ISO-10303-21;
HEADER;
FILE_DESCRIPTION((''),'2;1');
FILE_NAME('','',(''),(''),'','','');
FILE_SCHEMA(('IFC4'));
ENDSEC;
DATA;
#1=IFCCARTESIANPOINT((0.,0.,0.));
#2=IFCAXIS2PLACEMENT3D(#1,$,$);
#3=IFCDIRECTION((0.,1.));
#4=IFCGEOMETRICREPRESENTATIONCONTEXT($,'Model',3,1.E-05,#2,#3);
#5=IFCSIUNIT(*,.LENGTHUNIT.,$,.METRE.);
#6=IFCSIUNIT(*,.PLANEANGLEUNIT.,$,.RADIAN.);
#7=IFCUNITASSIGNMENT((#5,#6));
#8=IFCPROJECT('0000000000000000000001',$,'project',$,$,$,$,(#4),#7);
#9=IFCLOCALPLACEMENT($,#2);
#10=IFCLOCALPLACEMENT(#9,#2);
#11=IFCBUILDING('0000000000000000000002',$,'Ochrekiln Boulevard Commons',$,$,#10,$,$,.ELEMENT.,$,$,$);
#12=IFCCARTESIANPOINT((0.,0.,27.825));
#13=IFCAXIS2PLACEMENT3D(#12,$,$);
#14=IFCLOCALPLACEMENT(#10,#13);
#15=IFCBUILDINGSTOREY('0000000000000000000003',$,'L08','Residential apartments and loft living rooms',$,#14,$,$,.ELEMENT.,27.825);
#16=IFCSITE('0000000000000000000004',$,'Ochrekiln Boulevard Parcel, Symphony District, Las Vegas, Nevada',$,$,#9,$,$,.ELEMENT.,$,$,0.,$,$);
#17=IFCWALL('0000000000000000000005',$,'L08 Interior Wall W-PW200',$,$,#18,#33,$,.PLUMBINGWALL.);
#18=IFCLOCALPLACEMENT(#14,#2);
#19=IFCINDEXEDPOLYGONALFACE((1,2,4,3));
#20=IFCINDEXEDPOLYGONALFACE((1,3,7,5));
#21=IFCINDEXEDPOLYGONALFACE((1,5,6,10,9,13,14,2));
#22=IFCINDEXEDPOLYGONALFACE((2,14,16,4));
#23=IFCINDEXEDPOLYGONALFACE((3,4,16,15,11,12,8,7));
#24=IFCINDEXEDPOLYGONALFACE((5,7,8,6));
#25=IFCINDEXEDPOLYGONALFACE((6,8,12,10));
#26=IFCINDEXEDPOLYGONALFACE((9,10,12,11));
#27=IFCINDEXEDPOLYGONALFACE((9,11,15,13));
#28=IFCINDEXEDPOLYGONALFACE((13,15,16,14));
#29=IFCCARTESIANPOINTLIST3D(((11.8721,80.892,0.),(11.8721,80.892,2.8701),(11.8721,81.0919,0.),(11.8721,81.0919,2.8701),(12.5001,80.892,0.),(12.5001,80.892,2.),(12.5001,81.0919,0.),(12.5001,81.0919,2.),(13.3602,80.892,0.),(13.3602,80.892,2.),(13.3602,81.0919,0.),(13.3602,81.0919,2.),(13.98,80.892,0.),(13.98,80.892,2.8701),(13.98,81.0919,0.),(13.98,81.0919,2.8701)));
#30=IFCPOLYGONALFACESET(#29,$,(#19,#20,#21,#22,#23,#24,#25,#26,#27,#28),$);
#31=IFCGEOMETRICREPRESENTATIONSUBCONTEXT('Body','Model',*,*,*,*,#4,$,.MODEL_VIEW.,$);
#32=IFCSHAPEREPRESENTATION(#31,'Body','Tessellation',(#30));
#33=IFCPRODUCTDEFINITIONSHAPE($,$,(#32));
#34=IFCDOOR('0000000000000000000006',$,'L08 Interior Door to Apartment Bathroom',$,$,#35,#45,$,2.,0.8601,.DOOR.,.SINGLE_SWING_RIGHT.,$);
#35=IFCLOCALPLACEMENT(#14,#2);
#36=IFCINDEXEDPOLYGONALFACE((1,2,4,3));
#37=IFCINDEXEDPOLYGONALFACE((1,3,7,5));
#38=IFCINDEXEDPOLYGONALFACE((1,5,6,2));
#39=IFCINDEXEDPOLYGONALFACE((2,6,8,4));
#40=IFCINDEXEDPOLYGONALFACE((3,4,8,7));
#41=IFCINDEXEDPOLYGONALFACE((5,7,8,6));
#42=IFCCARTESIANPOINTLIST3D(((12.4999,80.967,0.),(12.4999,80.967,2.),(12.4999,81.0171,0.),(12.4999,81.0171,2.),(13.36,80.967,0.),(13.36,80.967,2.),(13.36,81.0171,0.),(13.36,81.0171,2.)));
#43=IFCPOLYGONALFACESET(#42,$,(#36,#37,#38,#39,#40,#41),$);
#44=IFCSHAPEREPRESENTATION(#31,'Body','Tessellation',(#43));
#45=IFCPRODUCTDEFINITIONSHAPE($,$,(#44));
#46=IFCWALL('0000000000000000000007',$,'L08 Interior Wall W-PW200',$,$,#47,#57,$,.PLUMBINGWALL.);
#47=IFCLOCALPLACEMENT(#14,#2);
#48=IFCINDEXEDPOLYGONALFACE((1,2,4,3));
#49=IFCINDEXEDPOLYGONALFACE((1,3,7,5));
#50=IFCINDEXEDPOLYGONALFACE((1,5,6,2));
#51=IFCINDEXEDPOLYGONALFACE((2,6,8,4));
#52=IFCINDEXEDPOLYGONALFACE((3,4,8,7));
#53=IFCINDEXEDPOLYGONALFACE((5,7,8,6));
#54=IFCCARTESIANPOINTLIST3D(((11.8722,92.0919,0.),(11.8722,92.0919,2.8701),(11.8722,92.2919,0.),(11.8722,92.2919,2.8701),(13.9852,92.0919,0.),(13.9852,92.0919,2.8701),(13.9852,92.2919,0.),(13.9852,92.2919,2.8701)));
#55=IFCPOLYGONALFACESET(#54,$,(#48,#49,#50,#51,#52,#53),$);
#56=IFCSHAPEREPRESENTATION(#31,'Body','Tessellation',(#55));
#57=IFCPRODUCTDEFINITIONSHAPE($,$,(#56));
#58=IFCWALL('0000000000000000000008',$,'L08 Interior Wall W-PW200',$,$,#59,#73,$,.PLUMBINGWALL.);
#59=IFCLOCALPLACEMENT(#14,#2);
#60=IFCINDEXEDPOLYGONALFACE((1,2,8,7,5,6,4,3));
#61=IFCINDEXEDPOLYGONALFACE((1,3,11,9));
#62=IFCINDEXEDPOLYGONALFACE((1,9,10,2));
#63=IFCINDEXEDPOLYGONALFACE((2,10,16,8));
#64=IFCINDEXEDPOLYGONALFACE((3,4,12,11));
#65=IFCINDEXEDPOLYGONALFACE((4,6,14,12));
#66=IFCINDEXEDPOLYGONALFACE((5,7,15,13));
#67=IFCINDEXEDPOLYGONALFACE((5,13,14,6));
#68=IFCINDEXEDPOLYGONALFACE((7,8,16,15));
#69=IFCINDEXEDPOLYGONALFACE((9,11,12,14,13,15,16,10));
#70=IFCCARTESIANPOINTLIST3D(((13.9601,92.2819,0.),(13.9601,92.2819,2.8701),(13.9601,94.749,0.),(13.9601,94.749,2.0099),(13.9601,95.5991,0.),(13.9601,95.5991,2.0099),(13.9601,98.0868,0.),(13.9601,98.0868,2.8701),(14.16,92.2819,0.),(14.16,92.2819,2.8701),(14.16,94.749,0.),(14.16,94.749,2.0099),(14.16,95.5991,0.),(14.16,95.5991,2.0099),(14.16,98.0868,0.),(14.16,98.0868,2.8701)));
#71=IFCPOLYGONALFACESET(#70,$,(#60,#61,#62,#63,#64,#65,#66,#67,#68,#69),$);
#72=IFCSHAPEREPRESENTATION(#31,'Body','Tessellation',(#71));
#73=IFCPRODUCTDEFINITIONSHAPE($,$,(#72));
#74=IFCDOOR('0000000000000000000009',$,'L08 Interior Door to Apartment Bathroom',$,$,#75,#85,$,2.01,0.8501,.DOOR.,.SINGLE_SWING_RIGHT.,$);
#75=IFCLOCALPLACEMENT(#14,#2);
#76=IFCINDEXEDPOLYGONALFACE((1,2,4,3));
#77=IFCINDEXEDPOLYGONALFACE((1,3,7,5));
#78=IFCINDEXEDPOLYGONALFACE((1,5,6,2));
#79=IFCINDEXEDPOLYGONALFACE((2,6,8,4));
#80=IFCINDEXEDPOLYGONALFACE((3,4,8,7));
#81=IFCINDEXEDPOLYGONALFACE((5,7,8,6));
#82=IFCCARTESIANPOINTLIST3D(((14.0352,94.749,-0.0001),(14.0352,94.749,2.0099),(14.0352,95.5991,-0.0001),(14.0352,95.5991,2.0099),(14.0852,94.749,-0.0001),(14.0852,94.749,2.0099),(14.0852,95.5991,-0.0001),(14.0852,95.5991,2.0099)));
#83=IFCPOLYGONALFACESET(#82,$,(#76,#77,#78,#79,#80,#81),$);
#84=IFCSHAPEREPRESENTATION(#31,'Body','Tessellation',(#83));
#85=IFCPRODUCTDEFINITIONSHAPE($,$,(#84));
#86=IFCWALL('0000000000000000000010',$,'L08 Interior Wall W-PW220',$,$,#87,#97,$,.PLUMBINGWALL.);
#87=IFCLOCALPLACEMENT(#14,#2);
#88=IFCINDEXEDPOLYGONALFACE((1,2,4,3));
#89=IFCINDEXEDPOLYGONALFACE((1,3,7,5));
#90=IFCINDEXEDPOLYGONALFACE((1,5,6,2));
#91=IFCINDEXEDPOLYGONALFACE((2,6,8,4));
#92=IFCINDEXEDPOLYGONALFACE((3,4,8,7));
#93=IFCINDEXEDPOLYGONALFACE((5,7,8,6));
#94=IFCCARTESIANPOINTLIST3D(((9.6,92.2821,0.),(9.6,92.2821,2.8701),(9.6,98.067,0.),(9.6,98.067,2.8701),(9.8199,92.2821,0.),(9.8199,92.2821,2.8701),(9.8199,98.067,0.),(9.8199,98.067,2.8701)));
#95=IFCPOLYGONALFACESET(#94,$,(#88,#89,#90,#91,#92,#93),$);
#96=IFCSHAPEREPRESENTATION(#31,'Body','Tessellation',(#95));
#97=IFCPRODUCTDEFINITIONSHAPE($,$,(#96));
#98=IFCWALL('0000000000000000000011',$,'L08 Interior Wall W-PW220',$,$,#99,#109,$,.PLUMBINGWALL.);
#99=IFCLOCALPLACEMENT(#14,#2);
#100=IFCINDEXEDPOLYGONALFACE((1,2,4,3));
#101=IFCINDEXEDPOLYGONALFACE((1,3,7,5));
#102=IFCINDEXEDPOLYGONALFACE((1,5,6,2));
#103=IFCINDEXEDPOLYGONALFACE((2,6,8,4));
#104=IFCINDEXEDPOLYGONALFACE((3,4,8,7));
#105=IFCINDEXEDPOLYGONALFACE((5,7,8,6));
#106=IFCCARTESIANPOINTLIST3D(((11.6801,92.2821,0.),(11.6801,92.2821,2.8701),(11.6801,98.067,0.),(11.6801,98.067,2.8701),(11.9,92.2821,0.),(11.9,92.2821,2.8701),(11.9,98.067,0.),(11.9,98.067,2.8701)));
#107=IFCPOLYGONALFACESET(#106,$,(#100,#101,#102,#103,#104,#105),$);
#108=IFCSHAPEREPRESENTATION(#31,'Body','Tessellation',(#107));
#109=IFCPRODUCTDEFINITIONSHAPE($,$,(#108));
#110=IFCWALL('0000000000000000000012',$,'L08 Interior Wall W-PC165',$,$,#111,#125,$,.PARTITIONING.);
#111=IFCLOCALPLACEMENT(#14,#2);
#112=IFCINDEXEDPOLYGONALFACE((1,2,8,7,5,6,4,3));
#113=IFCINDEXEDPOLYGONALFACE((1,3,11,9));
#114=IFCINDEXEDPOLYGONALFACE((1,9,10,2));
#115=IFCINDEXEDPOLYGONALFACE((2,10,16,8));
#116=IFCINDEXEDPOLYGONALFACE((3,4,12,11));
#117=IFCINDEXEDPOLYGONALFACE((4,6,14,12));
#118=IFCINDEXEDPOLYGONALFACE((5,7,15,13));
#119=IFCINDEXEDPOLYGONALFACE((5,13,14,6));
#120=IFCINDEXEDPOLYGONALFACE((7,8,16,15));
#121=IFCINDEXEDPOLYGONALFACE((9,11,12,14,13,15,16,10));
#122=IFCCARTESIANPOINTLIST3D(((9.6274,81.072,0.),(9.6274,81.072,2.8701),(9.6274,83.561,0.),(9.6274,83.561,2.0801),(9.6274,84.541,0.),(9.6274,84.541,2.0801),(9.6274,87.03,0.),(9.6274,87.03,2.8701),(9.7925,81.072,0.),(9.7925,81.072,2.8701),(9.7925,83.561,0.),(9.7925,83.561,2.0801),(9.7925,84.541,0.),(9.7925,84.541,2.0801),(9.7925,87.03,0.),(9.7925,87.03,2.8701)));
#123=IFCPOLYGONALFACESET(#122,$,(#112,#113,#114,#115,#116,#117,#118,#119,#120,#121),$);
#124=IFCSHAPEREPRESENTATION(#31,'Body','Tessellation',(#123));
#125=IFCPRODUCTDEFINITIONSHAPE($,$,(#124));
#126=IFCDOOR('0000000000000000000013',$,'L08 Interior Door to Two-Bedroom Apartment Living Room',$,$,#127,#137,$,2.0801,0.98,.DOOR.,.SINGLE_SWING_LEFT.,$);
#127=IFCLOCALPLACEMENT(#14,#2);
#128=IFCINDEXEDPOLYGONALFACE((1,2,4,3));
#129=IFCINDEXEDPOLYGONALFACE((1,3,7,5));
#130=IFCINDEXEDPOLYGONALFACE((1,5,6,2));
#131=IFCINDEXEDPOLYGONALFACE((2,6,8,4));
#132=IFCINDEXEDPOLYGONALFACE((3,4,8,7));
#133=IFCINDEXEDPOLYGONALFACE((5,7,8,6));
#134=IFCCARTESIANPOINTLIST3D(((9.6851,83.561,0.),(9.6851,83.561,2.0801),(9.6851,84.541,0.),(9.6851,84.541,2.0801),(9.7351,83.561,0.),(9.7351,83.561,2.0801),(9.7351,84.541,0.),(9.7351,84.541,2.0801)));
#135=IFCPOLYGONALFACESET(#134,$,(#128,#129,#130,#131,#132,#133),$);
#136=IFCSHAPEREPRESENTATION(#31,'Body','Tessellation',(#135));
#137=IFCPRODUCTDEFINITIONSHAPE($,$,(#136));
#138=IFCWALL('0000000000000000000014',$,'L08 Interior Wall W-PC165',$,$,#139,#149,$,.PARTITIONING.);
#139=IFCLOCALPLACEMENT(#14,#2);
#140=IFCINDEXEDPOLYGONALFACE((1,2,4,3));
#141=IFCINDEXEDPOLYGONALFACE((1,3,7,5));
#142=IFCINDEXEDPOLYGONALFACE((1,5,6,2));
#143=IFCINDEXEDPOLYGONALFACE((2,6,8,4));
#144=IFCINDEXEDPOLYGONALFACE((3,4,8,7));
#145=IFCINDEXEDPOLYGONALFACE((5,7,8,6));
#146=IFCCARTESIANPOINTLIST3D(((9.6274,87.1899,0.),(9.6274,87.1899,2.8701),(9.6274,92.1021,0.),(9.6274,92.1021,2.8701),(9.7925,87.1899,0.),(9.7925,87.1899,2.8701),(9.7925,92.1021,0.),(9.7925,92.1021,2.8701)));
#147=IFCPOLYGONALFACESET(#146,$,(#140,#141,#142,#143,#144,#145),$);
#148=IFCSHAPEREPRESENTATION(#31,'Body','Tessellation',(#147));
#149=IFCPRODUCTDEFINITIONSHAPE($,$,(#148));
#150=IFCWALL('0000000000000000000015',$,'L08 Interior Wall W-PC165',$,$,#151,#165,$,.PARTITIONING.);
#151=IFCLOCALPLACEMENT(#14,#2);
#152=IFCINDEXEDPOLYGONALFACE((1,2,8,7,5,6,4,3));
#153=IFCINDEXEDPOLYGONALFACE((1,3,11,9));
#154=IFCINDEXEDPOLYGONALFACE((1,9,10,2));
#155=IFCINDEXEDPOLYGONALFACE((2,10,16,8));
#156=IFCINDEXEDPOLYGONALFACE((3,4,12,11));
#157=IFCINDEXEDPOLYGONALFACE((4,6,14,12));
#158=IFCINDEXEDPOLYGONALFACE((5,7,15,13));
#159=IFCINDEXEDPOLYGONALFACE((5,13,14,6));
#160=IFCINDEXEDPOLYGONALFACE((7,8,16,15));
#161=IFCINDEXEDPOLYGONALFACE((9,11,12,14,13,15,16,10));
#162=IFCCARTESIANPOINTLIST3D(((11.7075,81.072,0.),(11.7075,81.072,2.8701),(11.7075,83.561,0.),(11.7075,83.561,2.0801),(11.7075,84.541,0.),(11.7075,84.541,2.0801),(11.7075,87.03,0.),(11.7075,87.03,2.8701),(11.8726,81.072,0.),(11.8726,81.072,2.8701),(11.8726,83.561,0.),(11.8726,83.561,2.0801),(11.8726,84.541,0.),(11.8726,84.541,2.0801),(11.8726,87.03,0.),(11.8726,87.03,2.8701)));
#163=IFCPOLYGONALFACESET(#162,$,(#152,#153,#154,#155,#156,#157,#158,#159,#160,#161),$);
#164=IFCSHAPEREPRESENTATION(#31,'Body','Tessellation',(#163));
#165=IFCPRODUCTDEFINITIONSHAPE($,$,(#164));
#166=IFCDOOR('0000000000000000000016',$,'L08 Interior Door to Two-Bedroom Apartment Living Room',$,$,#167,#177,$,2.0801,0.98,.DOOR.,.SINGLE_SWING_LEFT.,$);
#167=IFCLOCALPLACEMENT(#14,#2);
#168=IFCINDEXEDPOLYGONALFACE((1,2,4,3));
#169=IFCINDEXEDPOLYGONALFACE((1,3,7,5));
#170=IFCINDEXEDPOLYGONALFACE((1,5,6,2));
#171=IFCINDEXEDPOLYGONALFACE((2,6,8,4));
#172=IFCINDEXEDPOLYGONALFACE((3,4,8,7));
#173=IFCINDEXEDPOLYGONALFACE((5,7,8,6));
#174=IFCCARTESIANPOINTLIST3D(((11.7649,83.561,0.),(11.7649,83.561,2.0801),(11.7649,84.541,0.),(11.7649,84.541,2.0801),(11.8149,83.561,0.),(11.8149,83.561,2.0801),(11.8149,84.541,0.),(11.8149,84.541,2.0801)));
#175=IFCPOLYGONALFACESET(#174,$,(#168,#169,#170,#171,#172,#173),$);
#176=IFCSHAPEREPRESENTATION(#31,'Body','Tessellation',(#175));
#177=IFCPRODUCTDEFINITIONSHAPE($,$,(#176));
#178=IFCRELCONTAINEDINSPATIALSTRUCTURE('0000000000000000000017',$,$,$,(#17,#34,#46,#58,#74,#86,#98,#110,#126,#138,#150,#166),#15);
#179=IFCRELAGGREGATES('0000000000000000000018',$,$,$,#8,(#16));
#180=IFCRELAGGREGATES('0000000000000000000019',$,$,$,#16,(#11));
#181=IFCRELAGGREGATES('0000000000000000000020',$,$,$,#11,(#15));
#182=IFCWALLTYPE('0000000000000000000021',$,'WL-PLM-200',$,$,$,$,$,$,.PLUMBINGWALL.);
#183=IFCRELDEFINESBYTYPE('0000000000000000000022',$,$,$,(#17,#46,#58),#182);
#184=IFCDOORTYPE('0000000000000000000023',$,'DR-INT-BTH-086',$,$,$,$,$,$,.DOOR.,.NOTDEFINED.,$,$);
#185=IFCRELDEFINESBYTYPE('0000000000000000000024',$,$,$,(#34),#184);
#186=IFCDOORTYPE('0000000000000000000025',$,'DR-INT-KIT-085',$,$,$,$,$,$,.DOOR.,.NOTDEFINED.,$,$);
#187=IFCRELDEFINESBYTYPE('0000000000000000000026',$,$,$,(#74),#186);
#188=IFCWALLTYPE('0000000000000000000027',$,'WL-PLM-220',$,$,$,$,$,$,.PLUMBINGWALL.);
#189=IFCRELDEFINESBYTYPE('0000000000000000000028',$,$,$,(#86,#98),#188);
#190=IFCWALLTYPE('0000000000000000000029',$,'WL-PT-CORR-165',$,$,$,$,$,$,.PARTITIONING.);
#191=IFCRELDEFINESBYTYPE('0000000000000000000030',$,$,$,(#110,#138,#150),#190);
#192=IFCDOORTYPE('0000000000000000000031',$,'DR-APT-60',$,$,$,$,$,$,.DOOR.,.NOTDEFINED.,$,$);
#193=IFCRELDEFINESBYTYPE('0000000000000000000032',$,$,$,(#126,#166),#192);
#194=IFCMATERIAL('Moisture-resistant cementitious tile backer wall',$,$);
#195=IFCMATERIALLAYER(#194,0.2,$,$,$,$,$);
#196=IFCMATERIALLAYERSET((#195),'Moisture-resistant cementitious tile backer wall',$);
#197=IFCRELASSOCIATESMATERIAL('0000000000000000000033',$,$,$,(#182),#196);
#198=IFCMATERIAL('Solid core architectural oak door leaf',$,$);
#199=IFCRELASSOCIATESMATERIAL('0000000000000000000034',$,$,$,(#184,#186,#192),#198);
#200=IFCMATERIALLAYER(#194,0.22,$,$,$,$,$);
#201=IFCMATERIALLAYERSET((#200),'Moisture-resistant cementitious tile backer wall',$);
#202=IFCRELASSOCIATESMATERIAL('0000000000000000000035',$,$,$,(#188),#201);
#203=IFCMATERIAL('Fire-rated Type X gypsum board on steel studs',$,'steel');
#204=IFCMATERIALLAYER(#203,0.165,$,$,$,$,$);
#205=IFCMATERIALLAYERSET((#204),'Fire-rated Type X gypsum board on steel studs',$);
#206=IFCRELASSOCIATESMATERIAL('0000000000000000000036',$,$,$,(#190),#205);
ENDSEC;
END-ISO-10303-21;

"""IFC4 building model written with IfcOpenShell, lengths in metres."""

from ifc_helpers import new_model, si_unit, direction, frame, frame_2d, origin, place, context, subcontext, project, spatial, rectangle, extrude, material, layer, layer_set, type_object, element, fill, save


model = new_model("IFC4")

# Units and contexts
model_context = context("Model", 3, precision=1e-05, world=origin(), true_north=direction((0.0, 1.0)))
body_context = subcontext(model_context, "Body", "Model", "MODEL_VIEW")
ifc_project = project(units=[si_unit("LENGTHUNIT", "METRE"), si_unit("PLANEANGLEUNIT", "RADIAN")], contexts=[model_context])

# Site, building, storey
site_placement = place(None, origin())
site = spatial("IfcSite", under=ifc_project, at=site_placement, Name="Ochrekiln Boulevard Parcel, Symphony District, Las Vegas, Nevada", CompositionType="ELEMENT", RefElevation=0.0)
building_placement = place(site_placement, origin())
building = spatial("IfcBuilding", under=site, at=building_placement, Name="Ochrekiln Boulevard Commons", CompositionType="ELEMENT")
storey_placement = place(building_placement, frame((0.0, 0.0, 27.825)))
storey = spatial("IfcBuildingStorey", under=building, at=storey_placement, Name="L08", Description="Residential apartments and loft living rooms", CompositionType="ELEMENT", Elevation=27.825)

# Wall, opening, door
ifc_material_1 = material(Name="Moisture-resistant cementitious tile backer wall")
ifc_layer_1 = layer(ifc_material_1, 0.2)
ifc_layer_set_1 = layer_set([ifc_layer_1], Name="Moisture-resistant cementitious tile backer wall")
wall_type_1 = type_object("IfcWallType", Name="WL-PLM-200", PredefinedType="PLUMBINGWALL", material=ifc_layer_set_1)
wall_1_placement = place(storey_placement, frame((11.8721, 80.9919, 0.0), z_axis=(0.0, 0.0, 1.0), x_axis=(1.0, 0.0, 0.0)))
wall_1 = element("IfcWall", 1, at=wall_1_placement, inside=storey, type_object=wall_type_1, Name="L08 Interior Wall W-PW200", PredefinedType="PLUMBINGWALL", context=body_context, shape_type="SweptSolid", body=[
    extrude(rectangle(XDim=2.1079, YDim=0.2, at=frame_2d((1.054, 0.0))), origin(), (0.0, 0.0, 1.0), 2.8701),
])
opening_1_placement = place(wall_1_placement, frame((0.6279, 0.0, 0.0)))
opening_1 = element("IfcOpeningElement", 2, at=opening_1_placement, cuts=wall_1, PredefinedType="OPENING", context=body_context, shape_type="SweptSolid", body=[
    extrude(rectangle(XDim=0.8601, YDim=2.0, at=frame_2d((0.4302, 1.0))), frame((0.0, 0.1099, 0.0), z_axis=(0.0, -1.0, 0.0), x_axis=(1.0, 0.0, 0.0)), (0.0, 0.0, 1.0), 0.22),
])
ifc_material_2 = material(Name="Solid core architectural oak door leaf")
door_type_1 = type_object("IfcDoorType", Name="DR-INT-BTH-086", OperationType="NOTDEFINED", PredefinedType="DOOR", material=ifc_material_2)
door_1_placement = place(opening_1_placement, frame((0.8601, 0.0, 0.0), z_axis=(0.0, 0.0, 1.0), x_axis=(-1.0, 0.0, 0.0)))
door_1 = element("IfcDoor", 3, at=door_1_placement, inside=storey, type_object=door_type_1, Name="L08 Interior Door to Apartment Bathroom", OperationType="SINGLE_SWING_RIGHT", OverallHeight=2.0, OverallWidth=0.8601, PredefinedType="DOOR", context=body_context, shape_type="SweptSolid", body=[
    extrude(rectangle(XDim=0.8601, YDim=2.0, at=frame_2d((0.4302, 1.0))), frame((0.0, 0.0249, 0.0), z_axis=(0.0, -1.0, 0.0), x_axis=(1.0, 0.0, 0.0)), (0.0, 0.0, 1.0), 0.05),
])
fill(opening_1, door_1)

# Wall
wall_2_placement = place(storey_placement, frame((11.8721, 92.1919, 0.0), z_axis=(0.0, 0.0, 1.0), x_axis=(1.0, 0.0, 0.0)))
element("IfcWall", 4, at=wall_2_placement, inside=storey, type_object=wall_type_1, Name="L08 Interior Wall W-PW200", PredefinedType="PLUMBINGWALL", context=body_context, shape_type="SweptSolid", body=[
    extrude(rectangle(XDim=2.113, YDim=0.2, at=frame_2d((1.0566, 0.0))), origin(), (0.0, 0.0, 1.0), 2.8701),
])

# Wall, opening, door
wall_3_placement = place(storey_placement, frame((14.0601, 92.282, 0.0), z_axis=(0.0, 0.0, 1.0), x_axis=(0.0, 1.0, 0.0)))
wall_3 = element("IfcWall", 5, at=wall_3_placement, inside=storey, type_object=wall_type_1, Name="L08 Interior Wall W-PW200", PredefinedType="PLUMBINGWALL", context=body_context, shape_type="SweptSolid", body=[
    extrude(rectangle(XDim=5.8049, YDim=0.2, at=frame_2d((2.9023, 0.0))), origin(), (0.0, 0.0, 1.0), 2.8701),
])
opening_2_placement = place(wall_3_placement, frame((2.467, 0.0, 0.0)))
opening_2 = element("IfcOpeningElement", 6, at=opening_2_placement, cuts=wall_3, PredefinedType="OPENING", context=body_context, shape_type="SweptSolid", body=[
    extrude(rectangle(XDim=0.8501, YDim=2.01, at=frame_2d((0.425, 1.0049))), frame((0.0, 0.1099, 0.0), z_axis=(0.0, -1.0, 0.0), x_axis=(1.0, 0.0, 0.0)), (0.0, 0.0, 1.0), 0.22),
])
door_type_2 = type_object("IfcDoorType", Name="DR-INT-KIT-085", OperationType="NOTDEFINED", PredefinedType="DOOR", material=ifc_material_2)
door_2_placement = place(opening_2_placement, origin())
door_2 = element("IfcDoor", 7, at=door_2_placement, inside=storey, type_object=door_type_2, Name="L08 Interior Door to Apartment Bathroom", OperationType="SINGLE_SWING_RIGHT", OverallHeight=2.01, OverallWidth=0.8501, PredefinedType="DOOR", context=body_context, shape_type="SweptSolid", body=[
    extrude(rectangle(XDim=0.8501, YDim=2.01, at=frame_2d((0.425, 1.0049))), frame((0.0, 0.0249, 0.0), z_axis=(0.0, -1.0, 0.0), x_axis=(1.0, 0.0, 0.0)), (0.0, 0.0, 1.0), 0.05),
])
fill(opening_2, door_2)

# Walls
ifc_layer_2 = layer(ifc_material_1, 0.22)
ifc_layer_set_2 = layer_set([ifc_layer_2], Name="Moisture-resistant cementitious tile backer wall")
wall_type_2 = type_object("IfcWallType", Name="WL-PLM-220", PredefinedType="PLUMBINGWALL", material=ifc_layer_set_2)
for number, where, z_axis, x_axis, name in (
    (8, (9.71, 92.282, 0.0), (0.0, 0.0, 1.0), (0.0, 1.0, 0.0), "L08 Interior Wall W-PW220"),
    (9, (11.79, 92.282, 0.0), (0.0, 0.0, 1.0), (0.0, 1.0, 0.0), "L08 Interior Wall W-PW220"),
):
    element("IfcWall", number, at=place(storey_placement, frame(where, z_axis=z_axis, x_axis=x_axis)), inside=storey, type_object=wall_type_2, Name=name, PredefinedType="PLUMBINGWALL", context=body_context, shape_type="SweptSolid", body=[
        extrude(rectangle(XDim=5.7849, YDim=0.22, at=frame_2d((2.8926, 0.0))), origin(), (0.0, 0.0, 1.0), 2.8701),
    ])

# Wall, opening, door
ifc_material_3 = material(Name="Fire-rated Type X gypsum board on steel studs", Category="steel")
ifc_layer_3 = layer(ifc_material_3, 0.165)
ifc_layer_set_3 = layer_set([ifc_layer_3], Name="Fire-rated Type X gypsum board on steel studs")
wall_type_3 = type_object("IfcWallType", Name="WL-PT-CORR-165", PredefinedType="PARTITIONING", material=ifc_layer_set_3)
wall_4_placement = place(storey_placement, frame((9.71, 81.072, 0.0), z_axis=(0.0, 0.0, 1.0), x_axis=(0.0, 1.0, 0.0)))
wall_4 = element("IfcWall", 10, at=wall_4_placement, inside=storey, type_object=wall_type_3, Name="L08 Interior Wall W-PC165", PredefinedType="PARTITIONING", context=body_context, shape_type="SweptSolid", body=[
    extrude(rectangle(XDim=5.958, YDim=0.165, at=frame_2d((2.979, 0.0))), origin(), (0.0, 0.0, 1.0), 2.8701),
])
opening_3_placement = place(wall_4_placement, frame((2.489, 0.0, 0.0)))
opening_3 = element("IfcOpeningElement", 11, at=opening_3_placement, cuts=wall_4, PredefinedType="OPENING", context=body_context, shape_type="SweptSolid", body=[
    extrude(rectangle(XDim=0.98, YDim=2.0801, at=frame_2d((0.49, 1.04))), frame((0.0, 0.0925, 0.0), z_axis=(0.0, -1.0, 0.0), x_axis=(1.0, 0.0, 0.0)), (0.0, 0.0, 1.0), 0.1851),
])
door_type_3 = type_object("IfcDoorType", Name="DR-APT-60", OperationType="NOTDEFINED", PredefinedType="DOOR", material=ifc_material_2)
door_3_placement = place(opening_3_placement, origin())
door_3 = element("IfcDoor", 12, at=door_3_placement, inside=storey, type_object=door_type_3, Name="L08 Interior Door to Two-Bedroom Apartment Living Room", OperationType="SINGLE_SWING_LEFT", OverallHeight=2.0801, OverallWidth=0.98, PredefinedType="DOOR", context=body_context, shape_type="SweptSolid", body=[
    extrude(rectangle(XDim=0.98, YDim=2.0801, at=frame_2d((0.49, 1.04))), frame((0.0, 0.0249, 0.0), z_axis=(0.0, -1.0, 0.0), x_axis=(1.0, 0.0, 0.0)), (0.0, 0.0, 1.0), 0.05),
])
fill(opening_3, door_3)

# Wall
wall_5_placement = place(storey_placement, frame((9.71, 87.1899, 0.0), z_axis=(0.0, 0.0, 1.0), x_axis=(0.0, 1.0, 0.0)))
element("IfcWall", 13, at=wall_5_placement, inside=storey, type_object=wall_type_3, Name="L08 Interior Wall W-PC165", PredefinedType="PARTITIONING", context=body_context, shape_type="SweptSolid", body=[
    extrude(rectangle(XDim=4.9121, YDim=0.165, at=frame_2d((2.4561, 0.0))), origin(), (0.0, 0.0, 1.0), 2.8701),
])

# Wall, opening, door
wall_6_placement = place(storey_placement, frame((11.79, 81.072, 0.0), z_axis=(0.0, 0.0, 1.0), x_axis=(0.0, 1.0, 0.0)))
wall_6 = element("IfcWall", 14, at=wall_6_placement, inside=storey, type_object=wall_type_3, Name="L08 Interior Wall W-PC165", PredefinedType="PARTITIONING", context=body_context, shape_type="SweptSolid", body=[
    extrude(rectangle(XDim=5.958, YDim=0.165, at=frame_2d((2.979, 0.0))), origin(), (0.0, 0.0, 1.0), 2.8701),
])
opening_4_placement = place(wall_6_placement, frame((2.489, 0.0, 0.0)))
opening_4 = element("IfcOpeningElement", 15, at=opening_4_placement, cuts=wall_6, PredefinedType="OPENING", context=body_context, shape_type="SweptSolid", body=[
    extrude(rectangle(XDim=0.98, YDim=2.0801, at=frame_2d((0.49, 1.04))), frame((0.0, 0.0925, 0.0), z_axis=(0.0, -1.0, 0.0), x_axis=(1.0, 0.0, 0.0)), (0.0, 0.0, 1.0), 0.1851),
])
door_4_placement = place(opening_4_placement, frame((0.98, 0.0, 0.0), z_axis=(0.0, 0.0, 1.0), x_axis=(-1.0, 0.0, 0.0)))
door_4 = element("IfcDoor", 16, at=door_4_placement, inside=storey, type_object=door_type_3, Name="L08 Interior Door to Two-Bedroom Apartment Living Room", OperationType="SINGLE_SWING_LEFT", OverallHeight=2.0801, OverallWidth=0.98, PredefinedType="DOOR", context=body_context, shape_type="SweptSolid", body=[
    extrude(rectangle(XDim=0.98, YDim=2.0801, at=frame_2d((0.49, 1.04))), frame((0.0, 0.0249, 0.0), z_axis=(0.0, -1.0, 0.0), x_axis=(1.0, 0.0, 0.0)), (0.0, 0.0, 1.0), 0.05),
])
fill(opening_4, door_4)

save(model, "model.ifc")
